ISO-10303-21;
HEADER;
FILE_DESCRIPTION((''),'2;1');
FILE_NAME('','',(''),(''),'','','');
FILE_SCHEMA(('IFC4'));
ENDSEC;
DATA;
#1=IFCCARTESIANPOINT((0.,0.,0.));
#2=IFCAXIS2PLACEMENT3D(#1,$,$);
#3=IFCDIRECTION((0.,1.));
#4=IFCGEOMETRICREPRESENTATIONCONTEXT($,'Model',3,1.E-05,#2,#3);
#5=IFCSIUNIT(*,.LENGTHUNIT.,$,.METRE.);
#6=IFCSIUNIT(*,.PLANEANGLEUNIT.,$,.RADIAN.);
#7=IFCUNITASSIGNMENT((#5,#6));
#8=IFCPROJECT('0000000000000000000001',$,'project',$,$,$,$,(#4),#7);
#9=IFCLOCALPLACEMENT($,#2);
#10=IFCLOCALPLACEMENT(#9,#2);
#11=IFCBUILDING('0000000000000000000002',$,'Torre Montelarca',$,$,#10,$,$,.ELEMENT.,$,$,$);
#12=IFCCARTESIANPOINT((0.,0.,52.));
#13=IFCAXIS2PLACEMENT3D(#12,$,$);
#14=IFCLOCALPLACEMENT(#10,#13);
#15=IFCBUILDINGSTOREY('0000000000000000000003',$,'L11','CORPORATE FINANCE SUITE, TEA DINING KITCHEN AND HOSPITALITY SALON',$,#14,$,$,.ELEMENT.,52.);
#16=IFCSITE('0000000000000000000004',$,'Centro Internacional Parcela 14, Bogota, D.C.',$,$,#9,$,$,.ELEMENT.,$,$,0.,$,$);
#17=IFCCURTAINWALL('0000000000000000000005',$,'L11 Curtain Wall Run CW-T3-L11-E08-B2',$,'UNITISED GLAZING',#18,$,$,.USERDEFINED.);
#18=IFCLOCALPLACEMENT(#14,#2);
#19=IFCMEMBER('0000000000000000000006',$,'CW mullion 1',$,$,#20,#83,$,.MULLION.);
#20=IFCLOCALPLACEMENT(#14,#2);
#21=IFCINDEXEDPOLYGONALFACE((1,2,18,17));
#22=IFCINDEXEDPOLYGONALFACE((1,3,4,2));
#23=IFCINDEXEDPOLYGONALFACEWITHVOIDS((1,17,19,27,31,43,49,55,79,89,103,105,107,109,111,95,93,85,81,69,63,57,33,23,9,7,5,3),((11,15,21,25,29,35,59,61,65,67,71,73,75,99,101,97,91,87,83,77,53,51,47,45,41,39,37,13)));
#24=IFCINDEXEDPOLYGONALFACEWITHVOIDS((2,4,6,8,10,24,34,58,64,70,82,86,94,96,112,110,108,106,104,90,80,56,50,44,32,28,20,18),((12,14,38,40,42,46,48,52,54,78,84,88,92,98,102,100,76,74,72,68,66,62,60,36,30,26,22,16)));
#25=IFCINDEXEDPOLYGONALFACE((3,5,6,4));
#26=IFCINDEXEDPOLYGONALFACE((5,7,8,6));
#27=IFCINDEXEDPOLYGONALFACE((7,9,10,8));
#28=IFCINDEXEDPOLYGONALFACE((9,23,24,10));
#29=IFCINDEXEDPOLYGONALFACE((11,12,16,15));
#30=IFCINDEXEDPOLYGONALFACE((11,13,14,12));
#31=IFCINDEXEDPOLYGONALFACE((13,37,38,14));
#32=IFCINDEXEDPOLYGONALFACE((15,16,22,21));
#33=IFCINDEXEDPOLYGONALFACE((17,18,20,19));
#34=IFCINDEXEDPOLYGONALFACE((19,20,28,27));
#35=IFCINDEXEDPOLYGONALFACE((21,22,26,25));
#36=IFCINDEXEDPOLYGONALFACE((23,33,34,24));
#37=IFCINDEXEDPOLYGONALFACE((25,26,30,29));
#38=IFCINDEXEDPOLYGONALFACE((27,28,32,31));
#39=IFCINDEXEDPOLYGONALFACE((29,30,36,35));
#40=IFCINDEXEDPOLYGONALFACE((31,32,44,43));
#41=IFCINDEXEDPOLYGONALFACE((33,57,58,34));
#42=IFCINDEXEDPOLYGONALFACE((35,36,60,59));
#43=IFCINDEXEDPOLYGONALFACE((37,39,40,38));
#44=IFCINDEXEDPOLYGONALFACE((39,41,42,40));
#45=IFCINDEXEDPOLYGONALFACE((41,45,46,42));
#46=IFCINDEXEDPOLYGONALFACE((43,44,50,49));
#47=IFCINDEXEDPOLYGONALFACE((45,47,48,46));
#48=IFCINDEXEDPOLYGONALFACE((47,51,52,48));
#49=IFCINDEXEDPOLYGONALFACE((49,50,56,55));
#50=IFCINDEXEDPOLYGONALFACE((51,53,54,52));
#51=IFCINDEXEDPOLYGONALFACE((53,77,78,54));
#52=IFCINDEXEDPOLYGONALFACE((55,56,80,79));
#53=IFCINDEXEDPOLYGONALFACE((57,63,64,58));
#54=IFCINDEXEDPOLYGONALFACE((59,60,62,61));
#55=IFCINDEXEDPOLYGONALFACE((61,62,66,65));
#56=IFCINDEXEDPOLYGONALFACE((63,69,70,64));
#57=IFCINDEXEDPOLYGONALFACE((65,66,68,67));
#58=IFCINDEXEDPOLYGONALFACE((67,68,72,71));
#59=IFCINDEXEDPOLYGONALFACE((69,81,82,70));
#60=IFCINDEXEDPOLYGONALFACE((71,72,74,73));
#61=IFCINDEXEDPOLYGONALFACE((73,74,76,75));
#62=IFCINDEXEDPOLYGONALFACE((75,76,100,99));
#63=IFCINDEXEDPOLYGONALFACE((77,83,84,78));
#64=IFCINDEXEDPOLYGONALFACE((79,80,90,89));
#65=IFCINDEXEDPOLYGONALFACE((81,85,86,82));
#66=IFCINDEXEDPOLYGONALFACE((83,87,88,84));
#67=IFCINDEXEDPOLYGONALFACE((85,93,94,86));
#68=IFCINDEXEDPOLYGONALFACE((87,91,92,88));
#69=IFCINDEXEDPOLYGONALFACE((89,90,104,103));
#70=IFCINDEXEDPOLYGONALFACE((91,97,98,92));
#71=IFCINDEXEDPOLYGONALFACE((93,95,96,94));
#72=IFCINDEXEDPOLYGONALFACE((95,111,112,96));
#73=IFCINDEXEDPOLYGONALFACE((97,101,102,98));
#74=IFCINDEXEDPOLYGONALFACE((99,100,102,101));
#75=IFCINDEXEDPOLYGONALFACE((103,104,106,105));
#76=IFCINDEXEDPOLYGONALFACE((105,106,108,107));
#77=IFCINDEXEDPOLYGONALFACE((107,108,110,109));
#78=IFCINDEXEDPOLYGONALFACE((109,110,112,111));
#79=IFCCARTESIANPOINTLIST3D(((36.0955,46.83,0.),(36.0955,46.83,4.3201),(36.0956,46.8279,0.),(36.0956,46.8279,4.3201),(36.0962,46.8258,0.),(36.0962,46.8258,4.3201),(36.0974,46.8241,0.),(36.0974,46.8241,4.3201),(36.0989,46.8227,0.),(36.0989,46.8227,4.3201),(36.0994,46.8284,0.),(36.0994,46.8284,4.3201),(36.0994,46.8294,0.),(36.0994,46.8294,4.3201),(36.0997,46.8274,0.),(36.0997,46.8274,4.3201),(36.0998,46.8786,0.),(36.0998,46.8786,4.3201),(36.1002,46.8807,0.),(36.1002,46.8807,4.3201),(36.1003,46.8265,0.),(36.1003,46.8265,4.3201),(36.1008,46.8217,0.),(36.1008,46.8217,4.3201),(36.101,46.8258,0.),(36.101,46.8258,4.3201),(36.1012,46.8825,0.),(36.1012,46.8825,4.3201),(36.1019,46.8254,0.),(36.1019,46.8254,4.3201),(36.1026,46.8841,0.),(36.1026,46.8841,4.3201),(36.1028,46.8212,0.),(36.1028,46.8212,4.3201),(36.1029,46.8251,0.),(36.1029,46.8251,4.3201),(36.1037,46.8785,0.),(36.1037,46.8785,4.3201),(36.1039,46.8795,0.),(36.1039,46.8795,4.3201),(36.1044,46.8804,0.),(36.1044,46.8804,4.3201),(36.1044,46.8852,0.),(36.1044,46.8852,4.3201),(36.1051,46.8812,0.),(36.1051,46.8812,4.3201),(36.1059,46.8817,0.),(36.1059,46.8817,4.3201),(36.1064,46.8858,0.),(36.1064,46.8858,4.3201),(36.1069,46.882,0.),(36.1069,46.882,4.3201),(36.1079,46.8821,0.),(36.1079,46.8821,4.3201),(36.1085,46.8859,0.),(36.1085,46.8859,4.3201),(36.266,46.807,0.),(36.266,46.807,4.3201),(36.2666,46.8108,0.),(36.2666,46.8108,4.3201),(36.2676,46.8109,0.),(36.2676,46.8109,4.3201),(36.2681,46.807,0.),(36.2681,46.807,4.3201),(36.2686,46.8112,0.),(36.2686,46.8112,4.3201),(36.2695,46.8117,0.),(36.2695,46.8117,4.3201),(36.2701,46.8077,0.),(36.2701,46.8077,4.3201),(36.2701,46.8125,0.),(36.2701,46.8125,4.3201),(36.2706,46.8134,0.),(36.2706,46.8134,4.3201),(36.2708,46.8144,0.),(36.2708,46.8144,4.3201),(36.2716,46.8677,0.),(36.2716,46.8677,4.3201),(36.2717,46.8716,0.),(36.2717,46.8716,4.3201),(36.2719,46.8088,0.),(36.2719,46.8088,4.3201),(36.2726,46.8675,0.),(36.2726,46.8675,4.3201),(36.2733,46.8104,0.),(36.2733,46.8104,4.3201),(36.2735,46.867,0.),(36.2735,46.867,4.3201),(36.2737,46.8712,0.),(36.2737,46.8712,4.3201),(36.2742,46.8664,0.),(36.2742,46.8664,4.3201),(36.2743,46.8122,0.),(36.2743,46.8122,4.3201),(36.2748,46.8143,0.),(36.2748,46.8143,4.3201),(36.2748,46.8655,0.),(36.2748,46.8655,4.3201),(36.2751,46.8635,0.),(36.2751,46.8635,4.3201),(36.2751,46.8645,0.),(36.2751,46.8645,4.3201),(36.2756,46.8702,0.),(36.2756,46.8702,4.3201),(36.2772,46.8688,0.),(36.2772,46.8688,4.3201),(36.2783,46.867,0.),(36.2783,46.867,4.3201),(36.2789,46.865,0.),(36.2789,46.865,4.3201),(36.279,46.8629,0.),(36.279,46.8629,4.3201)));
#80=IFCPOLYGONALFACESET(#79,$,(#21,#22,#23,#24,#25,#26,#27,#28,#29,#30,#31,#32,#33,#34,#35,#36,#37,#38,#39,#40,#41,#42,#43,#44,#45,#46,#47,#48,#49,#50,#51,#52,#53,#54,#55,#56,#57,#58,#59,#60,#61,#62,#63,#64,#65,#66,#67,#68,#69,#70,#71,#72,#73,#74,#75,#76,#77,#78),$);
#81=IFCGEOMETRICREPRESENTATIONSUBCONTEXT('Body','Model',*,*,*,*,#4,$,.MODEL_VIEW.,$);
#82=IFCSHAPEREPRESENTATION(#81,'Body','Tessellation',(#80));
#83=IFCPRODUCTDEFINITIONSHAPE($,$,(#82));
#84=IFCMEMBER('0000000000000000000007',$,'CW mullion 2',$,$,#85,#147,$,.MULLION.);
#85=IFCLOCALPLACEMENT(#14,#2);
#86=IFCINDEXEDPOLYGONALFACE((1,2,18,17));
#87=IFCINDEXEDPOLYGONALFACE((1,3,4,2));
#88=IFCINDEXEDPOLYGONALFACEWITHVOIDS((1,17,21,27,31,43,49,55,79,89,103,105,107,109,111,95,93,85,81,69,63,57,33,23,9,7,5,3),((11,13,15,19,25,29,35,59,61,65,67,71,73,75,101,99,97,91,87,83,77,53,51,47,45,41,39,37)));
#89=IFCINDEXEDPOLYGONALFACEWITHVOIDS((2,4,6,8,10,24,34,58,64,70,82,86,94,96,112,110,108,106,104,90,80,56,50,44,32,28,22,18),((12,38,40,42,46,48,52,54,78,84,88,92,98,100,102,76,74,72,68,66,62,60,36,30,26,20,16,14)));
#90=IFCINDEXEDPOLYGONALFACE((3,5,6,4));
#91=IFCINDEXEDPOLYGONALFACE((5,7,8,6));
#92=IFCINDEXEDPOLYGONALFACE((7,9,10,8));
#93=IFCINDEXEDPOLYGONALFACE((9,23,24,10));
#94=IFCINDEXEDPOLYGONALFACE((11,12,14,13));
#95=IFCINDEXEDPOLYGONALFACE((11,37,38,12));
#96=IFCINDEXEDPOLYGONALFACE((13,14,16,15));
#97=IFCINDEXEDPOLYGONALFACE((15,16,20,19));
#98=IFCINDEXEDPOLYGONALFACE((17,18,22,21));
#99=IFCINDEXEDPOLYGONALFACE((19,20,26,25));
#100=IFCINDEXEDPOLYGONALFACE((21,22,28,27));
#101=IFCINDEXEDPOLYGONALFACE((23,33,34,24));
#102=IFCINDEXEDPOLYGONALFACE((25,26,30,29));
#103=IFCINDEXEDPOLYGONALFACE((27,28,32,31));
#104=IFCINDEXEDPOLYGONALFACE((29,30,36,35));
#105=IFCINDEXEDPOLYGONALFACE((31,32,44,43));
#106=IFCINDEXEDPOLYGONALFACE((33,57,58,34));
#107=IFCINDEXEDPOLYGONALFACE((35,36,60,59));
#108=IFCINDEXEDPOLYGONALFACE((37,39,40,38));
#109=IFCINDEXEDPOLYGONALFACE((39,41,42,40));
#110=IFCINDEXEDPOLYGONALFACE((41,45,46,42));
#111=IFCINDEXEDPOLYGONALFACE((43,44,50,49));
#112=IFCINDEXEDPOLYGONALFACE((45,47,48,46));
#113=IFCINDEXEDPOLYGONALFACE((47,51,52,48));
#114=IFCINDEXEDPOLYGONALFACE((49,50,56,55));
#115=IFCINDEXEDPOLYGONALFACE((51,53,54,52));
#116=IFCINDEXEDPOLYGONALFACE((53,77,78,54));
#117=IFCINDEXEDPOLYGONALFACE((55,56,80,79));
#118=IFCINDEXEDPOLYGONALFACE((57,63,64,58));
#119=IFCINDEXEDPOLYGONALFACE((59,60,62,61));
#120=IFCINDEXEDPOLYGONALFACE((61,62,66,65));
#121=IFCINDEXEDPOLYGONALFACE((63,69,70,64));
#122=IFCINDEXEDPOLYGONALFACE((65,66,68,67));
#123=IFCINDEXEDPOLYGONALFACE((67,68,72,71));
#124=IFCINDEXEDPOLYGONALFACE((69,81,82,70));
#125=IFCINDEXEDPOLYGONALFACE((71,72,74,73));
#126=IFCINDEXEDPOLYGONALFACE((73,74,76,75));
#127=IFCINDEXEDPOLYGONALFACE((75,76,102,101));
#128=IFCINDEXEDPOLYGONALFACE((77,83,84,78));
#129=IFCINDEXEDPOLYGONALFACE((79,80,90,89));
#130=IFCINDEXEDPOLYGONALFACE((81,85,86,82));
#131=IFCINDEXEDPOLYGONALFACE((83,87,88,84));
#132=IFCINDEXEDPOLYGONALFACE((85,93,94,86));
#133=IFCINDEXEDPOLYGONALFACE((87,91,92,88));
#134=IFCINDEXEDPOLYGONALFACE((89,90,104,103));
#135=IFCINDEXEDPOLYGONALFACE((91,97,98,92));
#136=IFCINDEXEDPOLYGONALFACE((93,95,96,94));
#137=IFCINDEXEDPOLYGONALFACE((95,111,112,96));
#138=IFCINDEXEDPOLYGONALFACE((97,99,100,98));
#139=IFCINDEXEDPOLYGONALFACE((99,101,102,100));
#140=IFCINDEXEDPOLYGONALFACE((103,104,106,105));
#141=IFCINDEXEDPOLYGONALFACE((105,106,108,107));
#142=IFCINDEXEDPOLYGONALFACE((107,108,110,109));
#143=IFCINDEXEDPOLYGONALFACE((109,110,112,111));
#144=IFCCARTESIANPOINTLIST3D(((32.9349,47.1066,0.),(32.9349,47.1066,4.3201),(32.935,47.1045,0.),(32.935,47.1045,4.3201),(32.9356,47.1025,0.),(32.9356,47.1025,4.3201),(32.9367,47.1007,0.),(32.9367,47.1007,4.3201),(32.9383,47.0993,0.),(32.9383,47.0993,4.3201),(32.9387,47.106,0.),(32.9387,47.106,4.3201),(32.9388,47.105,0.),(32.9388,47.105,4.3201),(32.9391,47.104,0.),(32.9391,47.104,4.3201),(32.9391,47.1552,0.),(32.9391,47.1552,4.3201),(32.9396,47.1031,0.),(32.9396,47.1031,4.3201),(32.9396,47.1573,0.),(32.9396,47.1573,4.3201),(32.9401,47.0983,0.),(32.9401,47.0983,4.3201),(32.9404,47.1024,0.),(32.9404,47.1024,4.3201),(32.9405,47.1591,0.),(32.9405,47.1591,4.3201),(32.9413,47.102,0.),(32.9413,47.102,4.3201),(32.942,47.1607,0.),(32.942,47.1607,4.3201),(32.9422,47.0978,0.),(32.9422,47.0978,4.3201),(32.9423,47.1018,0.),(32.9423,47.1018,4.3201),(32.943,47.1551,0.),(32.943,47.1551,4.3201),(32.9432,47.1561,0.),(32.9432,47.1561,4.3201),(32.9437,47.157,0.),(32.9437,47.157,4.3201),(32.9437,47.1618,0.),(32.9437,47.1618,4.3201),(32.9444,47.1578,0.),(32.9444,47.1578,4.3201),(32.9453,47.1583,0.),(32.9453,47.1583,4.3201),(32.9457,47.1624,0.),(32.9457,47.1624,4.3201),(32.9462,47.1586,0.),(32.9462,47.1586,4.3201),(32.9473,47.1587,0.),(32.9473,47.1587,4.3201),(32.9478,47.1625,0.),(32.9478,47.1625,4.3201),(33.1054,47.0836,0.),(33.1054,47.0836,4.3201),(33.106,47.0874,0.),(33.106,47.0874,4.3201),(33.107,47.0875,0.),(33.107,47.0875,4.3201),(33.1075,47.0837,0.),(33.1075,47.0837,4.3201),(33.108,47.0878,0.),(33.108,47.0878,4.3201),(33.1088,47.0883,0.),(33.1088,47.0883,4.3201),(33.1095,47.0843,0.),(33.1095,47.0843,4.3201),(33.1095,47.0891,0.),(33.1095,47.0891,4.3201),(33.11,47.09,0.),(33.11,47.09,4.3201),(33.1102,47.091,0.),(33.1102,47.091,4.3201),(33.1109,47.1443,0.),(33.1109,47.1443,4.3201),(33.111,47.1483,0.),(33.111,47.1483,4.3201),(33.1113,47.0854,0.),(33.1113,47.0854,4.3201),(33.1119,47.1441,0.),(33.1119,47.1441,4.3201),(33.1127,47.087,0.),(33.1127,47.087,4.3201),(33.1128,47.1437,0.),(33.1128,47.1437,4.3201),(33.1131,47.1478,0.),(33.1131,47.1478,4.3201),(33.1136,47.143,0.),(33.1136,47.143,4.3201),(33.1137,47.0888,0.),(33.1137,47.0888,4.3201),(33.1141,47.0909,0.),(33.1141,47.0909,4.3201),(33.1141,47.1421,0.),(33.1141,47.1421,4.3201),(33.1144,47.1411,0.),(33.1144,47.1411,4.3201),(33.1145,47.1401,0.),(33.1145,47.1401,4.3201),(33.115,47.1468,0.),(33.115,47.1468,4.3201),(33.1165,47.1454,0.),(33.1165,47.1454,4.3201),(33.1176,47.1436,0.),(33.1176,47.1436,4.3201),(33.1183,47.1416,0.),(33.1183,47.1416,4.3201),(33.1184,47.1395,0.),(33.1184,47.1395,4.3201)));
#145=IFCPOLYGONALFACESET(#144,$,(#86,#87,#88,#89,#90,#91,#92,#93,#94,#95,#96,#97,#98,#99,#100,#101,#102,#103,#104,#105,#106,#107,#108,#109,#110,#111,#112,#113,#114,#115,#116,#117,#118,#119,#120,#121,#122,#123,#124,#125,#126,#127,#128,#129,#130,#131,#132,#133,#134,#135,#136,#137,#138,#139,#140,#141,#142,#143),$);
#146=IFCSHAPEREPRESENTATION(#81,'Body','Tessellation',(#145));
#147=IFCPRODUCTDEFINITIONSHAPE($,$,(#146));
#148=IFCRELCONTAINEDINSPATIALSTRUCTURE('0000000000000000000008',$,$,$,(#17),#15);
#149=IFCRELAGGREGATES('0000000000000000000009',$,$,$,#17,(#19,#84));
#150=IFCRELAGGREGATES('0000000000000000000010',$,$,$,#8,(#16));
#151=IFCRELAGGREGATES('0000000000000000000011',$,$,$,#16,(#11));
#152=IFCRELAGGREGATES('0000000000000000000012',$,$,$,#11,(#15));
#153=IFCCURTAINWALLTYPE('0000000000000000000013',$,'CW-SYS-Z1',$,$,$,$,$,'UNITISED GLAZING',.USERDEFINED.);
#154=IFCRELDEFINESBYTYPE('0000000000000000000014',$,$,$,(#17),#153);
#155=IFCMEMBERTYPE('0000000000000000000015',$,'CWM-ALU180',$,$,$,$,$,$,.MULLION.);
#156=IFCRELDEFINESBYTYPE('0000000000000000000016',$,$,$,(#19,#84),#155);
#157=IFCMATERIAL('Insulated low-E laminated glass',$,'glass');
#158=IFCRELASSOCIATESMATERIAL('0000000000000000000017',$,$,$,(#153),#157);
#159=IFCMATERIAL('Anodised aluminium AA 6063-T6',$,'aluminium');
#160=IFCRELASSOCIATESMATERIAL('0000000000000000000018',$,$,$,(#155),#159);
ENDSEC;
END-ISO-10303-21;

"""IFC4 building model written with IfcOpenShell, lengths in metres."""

from ifc_helpers import new_model, si_unit, direction, frame, origin, origin_2d, place, context, subcontext, project, spatial, hollow_rectangle, extrude, source, transform, mapped, material, material_profile, profile_set, type_object, element, aggregate, save


model = new_model("IFC4")

# Units and contexts
model_context = context("Model", 3, precision=1e-05, world=origin(), true_north=direction((0.0, 1.0)))
body_context = subcontext(model_context, "Body", "Model", "MODEL_VIEW")
ifc_project = project(units=[si_unit("LENGTHUNIT", "METRE"), si_unit("PLANEANGLEUNIT", "RADIAN")], contexts=[model_context])

# Site, building, storey
site_placement = place(None, origin())
site = spatial("IfcSite", under=ifc_project, at=site_placement, Name="Centro Internacional Parcela 14, Bogota, D.C.", CompositionType="ELEMENT", RefElevation=0.0)
building_placement = place(site_placement, origin())
building = spatial("IfcBuilding", under=site, at=building_placement, Name="Torre Montelarca", CompositionType="ELEMENT")
storey_placement = place(building_placement, frame((0.0, 0.0, 52.0)))
storey = spatial("IfcBuildingStorey", under=building, at=storey_placement, Name="L11", Description="CORPORATE FINANCE SUITE, TEA DINING KITCHEN AND HOSPITALITY SALON", CompositionType="ELEMENT", Elevation=52.0)

# Curtain wall, members
ifc_material_1 = material(Name="Insulated low-E laminated glass", Category="glass")
curtain_wall_type = type_object("IfcCurtainWallType", Name="CW-SYS-Z1", ElementType="UNITISED GLAZING", PredefinedType="USERDEFINED", material=ifc_material_1)
curtain_wall_1_placement = place(storey_placement, origin())
curtain_wall_1 = element("IfcCurtainWall", 1, at=curtain_wall_1_placement, inside=storey, type_object=curtain_wall_type, Name="L11 Curtain Wall Run CW-T3-L11-E08-B2", ObjectType="UNITISED GLAZING", PredefinedType="USERDEFINED")
ifc_material_2 = material(Name="Anodised aluminium AA 6063-T6", Category="aluminium")
ifc_material_profile_1 = material_profile(ifc_material_2, hollow_rectangle(XDim=0.0649, YDim=0.1799, WallThickness=0.0039, InnerFilletRadius=0.0039, OuterFilletRadius=0.0081, at=origin_2d()), Name="ALU65X180X4", Category="aluminium")
ifc_profile_set_1 = profile_set([ifc_material_profile_1], Name="Anodised aluminium AA 6063-T6")
member_type_1 = type_object("IfcMemberType", Name="CWM-ALU180", PredefinedType="MULLION", material=ifc_profile_set_1)
shared_shape_1 = source(origin(), body_context, "Body", "SweptSolid", [
    extrude(hollow_rectangle(XDim=0.0649, YDim=0.1799, WallThickness=0.0039, InnerFilletRadius=0.0039, OuterFilletRadius=0.0081, at=origin_2d()), origin(), (0.0, 0.0, 1.0), 4.3201),
])
member_1_placement = place(storey_placement, frame((36.1873, 46.8464, 0.0), z_axis=(0.0, 0.0, 1.0), x_axis=(-0.08715, -0.996195, 0.0)))
member_1 = element("IfcMember", 2, at=member_1_placement, type_object=member_type_1, Name="CW mullion 1", PredefinedType="MULLION", context=body_context, shape_type="MappedRepresentation", body=[
    mapped(shared_shape_1, transform((0.0, 0.0, 0.0), scale=1.0)),
])
member_2_placement = place(storey_placement, frame((33.0266, 47.123, 0.0), z_axis=(0.0, 0.0, 1.0), x_axis=(-0.08715, -0.996195, 0.0)))
member_2 = element("IfcMember", 3, at=member_2_placement, type_object=member_type_1, Name="CW mullion 2", PredefinedType="MULLION", context=body_context, shape_type="MappedRepresentation", body=[
    mapped(shared_shape_1, transform((0.0, 0.0, 0.0), scale=1.0)),
])

aggregate(curtain_wall_1, [member_1, member_2])

save(model, "model.ifc")
